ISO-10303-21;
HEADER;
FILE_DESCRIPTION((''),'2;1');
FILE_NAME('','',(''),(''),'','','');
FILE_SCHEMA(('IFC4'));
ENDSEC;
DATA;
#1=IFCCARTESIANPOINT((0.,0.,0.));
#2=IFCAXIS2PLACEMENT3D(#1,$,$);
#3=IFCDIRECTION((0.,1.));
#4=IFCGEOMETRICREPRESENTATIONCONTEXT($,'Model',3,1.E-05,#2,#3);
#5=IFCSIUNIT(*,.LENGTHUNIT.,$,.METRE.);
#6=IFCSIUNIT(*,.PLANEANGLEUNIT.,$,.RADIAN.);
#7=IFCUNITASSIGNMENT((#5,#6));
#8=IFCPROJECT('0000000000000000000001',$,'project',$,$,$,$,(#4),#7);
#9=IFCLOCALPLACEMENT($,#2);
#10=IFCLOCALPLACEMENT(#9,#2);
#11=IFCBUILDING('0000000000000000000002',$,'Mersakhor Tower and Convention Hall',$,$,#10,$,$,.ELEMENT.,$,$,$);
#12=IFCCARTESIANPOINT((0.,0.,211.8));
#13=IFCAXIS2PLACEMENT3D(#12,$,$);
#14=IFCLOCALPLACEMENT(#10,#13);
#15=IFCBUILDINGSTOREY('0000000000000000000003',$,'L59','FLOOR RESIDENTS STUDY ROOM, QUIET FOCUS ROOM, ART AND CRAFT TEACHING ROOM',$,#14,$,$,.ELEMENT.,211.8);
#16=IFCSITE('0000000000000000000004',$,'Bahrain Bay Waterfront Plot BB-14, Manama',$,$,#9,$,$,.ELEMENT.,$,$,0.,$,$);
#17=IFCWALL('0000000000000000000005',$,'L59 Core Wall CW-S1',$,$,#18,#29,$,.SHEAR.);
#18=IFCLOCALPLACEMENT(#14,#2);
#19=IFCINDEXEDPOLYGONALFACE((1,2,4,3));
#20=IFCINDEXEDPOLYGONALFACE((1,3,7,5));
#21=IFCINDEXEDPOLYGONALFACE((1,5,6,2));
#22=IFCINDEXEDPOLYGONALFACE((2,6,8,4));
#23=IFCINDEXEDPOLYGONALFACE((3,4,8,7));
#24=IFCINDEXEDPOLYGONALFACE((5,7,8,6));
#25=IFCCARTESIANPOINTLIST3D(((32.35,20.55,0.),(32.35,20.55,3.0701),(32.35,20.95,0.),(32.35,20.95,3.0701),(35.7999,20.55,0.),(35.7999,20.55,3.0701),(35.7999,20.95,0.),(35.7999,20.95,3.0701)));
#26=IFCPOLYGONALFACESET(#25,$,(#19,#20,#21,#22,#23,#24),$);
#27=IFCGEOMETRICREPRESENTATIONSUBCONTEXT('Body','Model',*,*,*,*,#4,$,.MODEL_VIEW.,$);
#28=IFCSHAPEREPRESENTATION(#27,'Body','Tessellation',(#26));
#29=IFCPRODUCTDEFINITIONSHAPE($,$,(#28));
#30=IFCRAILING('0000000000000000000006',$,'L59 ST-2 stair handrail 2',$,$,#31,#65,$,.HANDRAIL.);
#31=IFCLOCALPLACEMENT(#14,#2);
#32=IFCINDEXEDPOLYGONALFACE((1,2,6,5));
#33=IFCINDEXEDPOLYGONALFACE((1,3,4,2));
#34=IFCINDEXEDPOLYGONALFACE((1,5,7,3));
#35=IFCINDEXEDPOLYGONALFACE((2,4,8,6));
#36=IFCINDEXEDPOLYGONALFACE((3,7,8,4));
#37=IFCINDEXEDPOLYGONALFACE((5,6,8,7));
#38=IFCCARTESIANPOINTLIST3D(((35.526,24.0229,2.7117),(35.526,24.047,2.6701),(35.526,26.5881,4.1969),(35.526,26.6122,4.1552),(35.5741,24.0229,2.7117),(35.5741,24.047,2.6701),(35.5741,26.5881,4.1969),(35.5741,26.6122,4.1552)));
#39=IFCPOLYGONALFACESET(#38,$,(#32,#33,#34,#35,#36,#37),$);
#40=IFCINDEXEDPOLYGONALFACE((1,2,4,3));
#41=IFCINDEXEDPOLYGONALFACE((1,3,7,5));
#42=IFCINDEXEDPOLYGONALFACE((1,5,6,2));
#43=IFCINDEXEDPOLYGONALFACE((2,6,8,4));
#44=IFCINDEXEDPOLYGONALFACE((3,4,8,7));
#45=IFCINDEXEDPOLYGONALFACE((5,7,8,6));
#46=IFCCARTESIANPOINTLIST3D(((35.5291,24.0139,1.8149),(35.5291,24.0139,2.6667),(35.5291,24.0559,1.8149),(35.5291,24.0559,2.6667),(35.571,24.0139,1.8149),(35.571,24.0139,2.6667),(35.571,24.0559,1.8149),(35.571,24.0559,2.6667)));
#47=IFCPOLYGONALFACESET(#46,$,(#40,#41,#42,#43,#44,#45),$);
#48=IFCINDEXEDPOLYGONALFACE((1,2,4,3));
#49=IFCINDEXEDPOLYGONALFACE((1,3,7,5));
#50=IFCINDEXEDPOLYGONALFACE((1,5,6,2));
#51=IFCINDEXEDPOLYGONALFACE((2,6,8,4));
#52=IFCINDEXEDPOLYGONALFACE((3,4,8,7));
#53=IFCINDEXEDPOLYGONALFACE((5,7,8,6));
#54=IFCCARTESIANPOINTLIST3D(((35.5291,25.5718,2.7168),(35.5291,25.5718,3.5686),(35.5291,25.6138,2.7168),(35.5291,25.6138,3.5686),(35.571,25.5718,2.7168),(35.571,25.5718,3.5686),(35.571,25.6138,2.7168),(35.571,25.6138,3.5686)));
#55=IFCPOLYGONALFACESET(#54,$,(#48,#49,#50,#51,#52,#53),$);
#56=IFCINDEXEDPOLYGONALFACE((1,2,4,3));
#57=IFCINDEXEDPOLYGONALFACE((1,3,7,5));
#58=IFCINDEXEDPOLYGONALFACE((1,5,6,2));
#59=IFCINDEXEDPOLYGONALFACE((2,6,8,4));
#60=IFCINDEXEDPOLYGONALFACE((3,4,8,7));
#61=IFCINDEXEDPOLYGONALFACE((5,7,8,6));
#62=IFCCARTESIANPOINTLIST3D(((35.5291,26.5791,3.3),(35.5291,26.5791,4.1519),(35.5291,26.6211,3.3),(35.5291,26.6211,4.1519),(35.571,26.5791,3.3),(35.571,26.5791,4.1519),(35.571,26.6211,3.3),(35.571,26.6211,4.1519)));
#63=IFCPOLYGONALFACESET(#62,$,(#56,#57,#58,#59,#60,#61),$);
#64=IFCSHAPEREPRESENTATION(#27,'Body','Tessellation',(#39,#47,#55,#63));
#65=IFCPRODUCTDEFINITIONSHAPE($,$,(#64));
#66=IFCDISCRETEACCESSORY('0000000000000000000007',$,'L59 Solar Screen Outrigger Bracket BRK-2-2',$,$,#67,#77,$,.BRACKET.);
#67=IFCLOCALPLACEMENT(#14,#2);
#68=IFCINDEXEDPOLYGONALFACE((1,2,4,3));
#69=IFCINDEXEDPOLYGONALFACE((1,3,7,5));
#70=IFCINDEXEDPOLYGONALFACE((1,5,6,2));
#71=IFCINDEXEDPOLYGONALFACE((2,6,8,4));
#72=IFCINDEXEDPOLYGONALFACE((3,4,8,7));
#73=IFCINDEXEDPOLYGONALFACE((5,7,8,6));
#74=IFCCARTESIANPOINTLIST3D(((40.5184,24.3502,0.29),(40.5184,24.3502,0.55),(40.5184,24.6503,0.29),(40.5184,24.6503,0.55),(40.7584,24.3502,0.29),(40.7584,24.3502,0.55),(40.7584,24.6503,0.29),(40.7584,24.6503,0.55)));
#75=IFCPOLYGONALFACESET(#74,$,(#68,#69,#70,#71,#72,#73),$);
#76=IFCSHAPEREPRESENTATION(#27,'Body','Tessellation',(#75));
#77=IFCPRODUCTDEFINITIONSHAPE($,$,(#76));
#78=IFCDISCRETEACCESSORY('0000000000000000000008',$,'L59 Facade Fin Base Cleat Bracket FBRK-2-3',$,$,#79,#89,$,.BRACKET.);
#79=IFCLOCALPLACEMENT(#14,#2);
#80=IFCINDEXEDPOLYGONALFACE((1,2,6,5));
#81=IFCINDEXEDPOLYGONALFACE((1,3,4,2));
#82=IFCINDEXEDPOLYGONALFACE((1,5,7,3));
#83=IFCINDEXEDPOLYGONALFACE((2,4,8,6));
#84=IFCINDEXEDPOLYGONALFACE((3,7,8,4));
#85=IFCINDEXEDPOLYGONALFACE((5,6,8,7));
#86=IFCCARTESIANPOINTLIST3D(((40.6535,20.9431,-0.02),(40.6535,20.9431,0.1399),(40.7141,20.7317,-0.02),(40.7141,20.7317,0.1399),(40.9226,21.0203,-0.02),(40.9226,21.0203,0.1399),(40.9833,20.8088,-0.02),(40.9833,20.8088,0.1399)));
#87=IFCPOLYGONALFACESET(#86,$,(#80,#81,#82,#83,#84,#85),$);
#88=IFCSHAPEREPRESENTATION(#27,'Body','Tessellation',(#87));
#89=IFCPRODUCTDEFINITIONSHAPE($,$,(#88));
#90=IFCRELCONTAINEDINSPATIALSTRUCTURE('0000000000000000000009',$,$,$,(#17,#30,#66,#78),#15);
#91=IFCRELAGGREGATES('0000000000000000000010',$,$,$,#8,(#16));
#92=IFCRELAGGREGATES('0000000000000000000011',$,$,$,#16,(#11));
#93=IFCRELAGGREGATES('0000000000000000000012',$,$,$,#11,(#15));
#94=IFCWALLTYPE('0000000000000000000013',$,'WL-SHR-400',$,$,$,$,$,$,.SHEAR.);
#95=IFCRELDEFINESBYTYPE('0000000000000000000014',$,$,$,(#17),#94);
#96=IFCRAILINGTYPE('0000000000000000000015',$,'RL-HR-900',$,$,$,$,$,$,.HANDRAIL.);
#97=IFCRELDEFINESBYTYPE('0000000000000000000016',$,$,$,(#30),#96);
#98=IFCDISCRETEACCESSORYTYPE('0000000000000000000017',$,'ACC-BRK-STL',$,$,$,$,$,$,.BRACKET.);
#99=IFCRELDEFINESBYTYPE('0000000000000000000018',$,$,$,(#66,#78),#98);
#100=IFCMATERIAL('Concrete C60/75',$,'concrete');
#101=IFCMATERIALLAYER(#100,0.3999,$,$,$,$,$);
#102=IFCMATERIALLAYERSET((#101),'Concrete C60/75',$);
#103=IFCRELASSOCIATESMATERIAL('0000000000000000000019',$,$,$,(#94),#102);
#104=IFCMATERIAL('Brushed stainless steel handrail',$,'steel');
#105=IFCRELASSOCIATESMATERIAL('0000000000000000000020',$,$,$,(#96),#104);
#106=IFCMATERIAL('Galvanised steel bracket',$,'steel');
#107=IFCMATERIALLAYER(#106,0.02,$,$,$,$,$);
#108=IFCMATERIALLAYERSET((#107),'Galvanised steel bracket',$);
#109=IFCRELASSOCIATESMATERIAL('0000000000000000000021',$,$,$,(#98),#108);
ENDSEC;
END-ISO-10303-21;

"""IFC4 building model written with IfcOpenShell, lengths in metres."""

from ifc_helpers import new_model, si_unit, direction, frame, frame_2d, origin, origin_2d, place, context, subcontext, project, spatial, rectangle, extrude, material, layer, layer_set, type_object, element, save


model = new_model("IFC4")

# Units and contexts
model_context = context("Model", 3, precision=1e-05, world=origin(), true_north=direction((0.0, 1.0)))
body_context = subcontext(model_context, "Body", "Model", "MODEL_VIEW")
ifc_project = project(units=[si_unit("LENGTHUNIT", "METRE"), si_unit("PLANEANGLEUNIT", "RADIAN")], contexts=[model_context])

# Site, building, storey
site_placement = place(None, origin())
site = spatial("IfcSite", under=ifc_project, at=site_placement, Name="Bahrain Bay Waterfront Plot BB-14, Manama", CompositionType="ELEMENT", RefElevation=0.0)
building_placement = place(site_placement, origin())
building = spatial("IfcBuilding", under=site, at=building_placement, Name="Mersakhor Tower and Convention Hall", CompositionType="ELEMENT")
storey_placement = place(building_placement, frame((0.0, 0.0, 211.8)))
storey = spatial("IfcBuildingStorey", under=building, at=storey_placement, Name="L59", Description="FLOOR RESIDENTS STUDY ROOM, QUIET FOCUS ROOM, ART AND CRAFT TEACHING ROOM", CompositionType="ELEMENT", Elevation=211.8)

# Wall
ifc_material_1 = material(Name="Concrete C60/75", Category="concrete")
ifc_layer_1 = layer(ifc_material_1, 0.3999)
ifc_layer_set_1 = layer_set([ifc_layer_1], Name="Concrete C60/75")
wall_type_1 = type_object("IfcWallType", Name="WL-SHR-400", PredefinedType="SHEAR", material=ifc_layer_set_1)
wall_1_placement = place(storey_placement, frame((35.8, 20.75, 0.0), z_axis=(0.0, 0.0, 1.0), x_axis=(-1.0, 0.0, 0.0)))
element("IfcWall", 1, at=wall_1_placement, inside=storey, type_object=wall_type_1, Name="L59 Core Wall CW-S1", PredefinedType="SHEAR", context=body_context, shape_type="SweptSolid", body=[
    extrude(rectangle(XDim=3.45, YDim=0.3999, at=frame_2d((1.7251, 0.0))), origin(), (0.0, 0.0, 1.0), 3.0701),
])

# Railing
ifc_material_2 = material(Name="Brushed stainless steel handrail", Category="steel")
railing_type = type_object("IfcRailingType", Name="RL-HR-900", PredefinedType="HANDRAIL", material=ifc_material_2)
railing_placement = place(storey_placement, frame((35.55, 24.0349, 1.8149)))
element("IfcRailing", 2, at=railing_placement, inside=storey, type_object=railing_type, Name="L59 ST-2 stair handrail 2", PredefinedType="HANDRAIL", context=body_context, shape_type="SweptSolid", body=[
    extrude(rectangle(XDim=0.0481, YDim=0.0481, at=origin_2d()), frame((0.0, 0.0, 0.876), z_axis=(0.0, 0.865426, 0.501036), x_axis=(-1.0, 0.0, 0.0)), (0.0, 0.0, 1.0), 2.9641),
    extrude(rectangle(XDim=0.042, YDim=0.042, at=origin_2d()), origin(), (0.0, 0.0, 1.0), 0.8518),
    extrude(rectangle(XDim=0.042, YDim=0.042, at=origin_2d()), frame((0.0, 1.5579, 0.9019)), (0.0, 0.0, 1.0), 0.8518),
    extrude(rectangle(XDim=0.042, YDim=0.042, at=origin_2d()), frame((0.0, 2.5652, 1.4851)), (0.0, 0.0, 1.0), 0.8518),
])

# Discrete accessories
ifc_material_3 = material(Name="Galvanised steel bracket", Category="steel")
ifc_layer_2 = layer(ifc_material_3, 0.02)
ifc_layer_set_2 = layer_set([ifc_layer_2], Name="Galvanised steel bracket")
discrete_accessory_type = type_object("IfcDiscreteAccessoryType", Name="ACC-BRK-STL", PredefinedType="BRACKET", material=ifc_layer_set_2)
discrete_accessory_1_placement = place(storey_placement, frame((40.6384, 24.5002, 0.29), z_axis=(0.0, 0.0, 1.0), x_axis=(0.0, -1.0, 0.0)))
element("IfcDiscreteAccessory", 3, at=discrete_accessory_1_placement, inside=storey, type_object=discrete_accessory_type, Name="L59 Solar Screen Outrigger Bracket BRK-2-2", PredefinedType="BRACKET", context=body_context, shape_type="SweptSolid", body=[
    extrude(rectangle(XDim=0.3, YDim=0.24, at=origin_2d()), origin(), (0.0, 0.0, 1.0), 0.26),
])
discrete_accessory_2_placement = place(storey_placement, frame((40.8184, 20.876, -0.02), z_axis=(0.0, 0.0, 1.0), x_axis=(0.961262, 0.275637, 0.0)))
element("IfcDiscreteAccessory", 4, at=discrete_accessory_2_placement, inside=storey, type_object=discrete_accessory_type, Name="L59 Facade Fin Base Cleat Bracket FBRK-2-3", PredefinedType="BRACKET", context=body_context, shape_type="SweptSolid", body=[
    extrude(rectangle(XDim=0.28, YDim=0.22, at=origin_2d()), origin(), (0.0, 0.0, 1.0), 0.1599),
])

save(model, "model.ifc")
